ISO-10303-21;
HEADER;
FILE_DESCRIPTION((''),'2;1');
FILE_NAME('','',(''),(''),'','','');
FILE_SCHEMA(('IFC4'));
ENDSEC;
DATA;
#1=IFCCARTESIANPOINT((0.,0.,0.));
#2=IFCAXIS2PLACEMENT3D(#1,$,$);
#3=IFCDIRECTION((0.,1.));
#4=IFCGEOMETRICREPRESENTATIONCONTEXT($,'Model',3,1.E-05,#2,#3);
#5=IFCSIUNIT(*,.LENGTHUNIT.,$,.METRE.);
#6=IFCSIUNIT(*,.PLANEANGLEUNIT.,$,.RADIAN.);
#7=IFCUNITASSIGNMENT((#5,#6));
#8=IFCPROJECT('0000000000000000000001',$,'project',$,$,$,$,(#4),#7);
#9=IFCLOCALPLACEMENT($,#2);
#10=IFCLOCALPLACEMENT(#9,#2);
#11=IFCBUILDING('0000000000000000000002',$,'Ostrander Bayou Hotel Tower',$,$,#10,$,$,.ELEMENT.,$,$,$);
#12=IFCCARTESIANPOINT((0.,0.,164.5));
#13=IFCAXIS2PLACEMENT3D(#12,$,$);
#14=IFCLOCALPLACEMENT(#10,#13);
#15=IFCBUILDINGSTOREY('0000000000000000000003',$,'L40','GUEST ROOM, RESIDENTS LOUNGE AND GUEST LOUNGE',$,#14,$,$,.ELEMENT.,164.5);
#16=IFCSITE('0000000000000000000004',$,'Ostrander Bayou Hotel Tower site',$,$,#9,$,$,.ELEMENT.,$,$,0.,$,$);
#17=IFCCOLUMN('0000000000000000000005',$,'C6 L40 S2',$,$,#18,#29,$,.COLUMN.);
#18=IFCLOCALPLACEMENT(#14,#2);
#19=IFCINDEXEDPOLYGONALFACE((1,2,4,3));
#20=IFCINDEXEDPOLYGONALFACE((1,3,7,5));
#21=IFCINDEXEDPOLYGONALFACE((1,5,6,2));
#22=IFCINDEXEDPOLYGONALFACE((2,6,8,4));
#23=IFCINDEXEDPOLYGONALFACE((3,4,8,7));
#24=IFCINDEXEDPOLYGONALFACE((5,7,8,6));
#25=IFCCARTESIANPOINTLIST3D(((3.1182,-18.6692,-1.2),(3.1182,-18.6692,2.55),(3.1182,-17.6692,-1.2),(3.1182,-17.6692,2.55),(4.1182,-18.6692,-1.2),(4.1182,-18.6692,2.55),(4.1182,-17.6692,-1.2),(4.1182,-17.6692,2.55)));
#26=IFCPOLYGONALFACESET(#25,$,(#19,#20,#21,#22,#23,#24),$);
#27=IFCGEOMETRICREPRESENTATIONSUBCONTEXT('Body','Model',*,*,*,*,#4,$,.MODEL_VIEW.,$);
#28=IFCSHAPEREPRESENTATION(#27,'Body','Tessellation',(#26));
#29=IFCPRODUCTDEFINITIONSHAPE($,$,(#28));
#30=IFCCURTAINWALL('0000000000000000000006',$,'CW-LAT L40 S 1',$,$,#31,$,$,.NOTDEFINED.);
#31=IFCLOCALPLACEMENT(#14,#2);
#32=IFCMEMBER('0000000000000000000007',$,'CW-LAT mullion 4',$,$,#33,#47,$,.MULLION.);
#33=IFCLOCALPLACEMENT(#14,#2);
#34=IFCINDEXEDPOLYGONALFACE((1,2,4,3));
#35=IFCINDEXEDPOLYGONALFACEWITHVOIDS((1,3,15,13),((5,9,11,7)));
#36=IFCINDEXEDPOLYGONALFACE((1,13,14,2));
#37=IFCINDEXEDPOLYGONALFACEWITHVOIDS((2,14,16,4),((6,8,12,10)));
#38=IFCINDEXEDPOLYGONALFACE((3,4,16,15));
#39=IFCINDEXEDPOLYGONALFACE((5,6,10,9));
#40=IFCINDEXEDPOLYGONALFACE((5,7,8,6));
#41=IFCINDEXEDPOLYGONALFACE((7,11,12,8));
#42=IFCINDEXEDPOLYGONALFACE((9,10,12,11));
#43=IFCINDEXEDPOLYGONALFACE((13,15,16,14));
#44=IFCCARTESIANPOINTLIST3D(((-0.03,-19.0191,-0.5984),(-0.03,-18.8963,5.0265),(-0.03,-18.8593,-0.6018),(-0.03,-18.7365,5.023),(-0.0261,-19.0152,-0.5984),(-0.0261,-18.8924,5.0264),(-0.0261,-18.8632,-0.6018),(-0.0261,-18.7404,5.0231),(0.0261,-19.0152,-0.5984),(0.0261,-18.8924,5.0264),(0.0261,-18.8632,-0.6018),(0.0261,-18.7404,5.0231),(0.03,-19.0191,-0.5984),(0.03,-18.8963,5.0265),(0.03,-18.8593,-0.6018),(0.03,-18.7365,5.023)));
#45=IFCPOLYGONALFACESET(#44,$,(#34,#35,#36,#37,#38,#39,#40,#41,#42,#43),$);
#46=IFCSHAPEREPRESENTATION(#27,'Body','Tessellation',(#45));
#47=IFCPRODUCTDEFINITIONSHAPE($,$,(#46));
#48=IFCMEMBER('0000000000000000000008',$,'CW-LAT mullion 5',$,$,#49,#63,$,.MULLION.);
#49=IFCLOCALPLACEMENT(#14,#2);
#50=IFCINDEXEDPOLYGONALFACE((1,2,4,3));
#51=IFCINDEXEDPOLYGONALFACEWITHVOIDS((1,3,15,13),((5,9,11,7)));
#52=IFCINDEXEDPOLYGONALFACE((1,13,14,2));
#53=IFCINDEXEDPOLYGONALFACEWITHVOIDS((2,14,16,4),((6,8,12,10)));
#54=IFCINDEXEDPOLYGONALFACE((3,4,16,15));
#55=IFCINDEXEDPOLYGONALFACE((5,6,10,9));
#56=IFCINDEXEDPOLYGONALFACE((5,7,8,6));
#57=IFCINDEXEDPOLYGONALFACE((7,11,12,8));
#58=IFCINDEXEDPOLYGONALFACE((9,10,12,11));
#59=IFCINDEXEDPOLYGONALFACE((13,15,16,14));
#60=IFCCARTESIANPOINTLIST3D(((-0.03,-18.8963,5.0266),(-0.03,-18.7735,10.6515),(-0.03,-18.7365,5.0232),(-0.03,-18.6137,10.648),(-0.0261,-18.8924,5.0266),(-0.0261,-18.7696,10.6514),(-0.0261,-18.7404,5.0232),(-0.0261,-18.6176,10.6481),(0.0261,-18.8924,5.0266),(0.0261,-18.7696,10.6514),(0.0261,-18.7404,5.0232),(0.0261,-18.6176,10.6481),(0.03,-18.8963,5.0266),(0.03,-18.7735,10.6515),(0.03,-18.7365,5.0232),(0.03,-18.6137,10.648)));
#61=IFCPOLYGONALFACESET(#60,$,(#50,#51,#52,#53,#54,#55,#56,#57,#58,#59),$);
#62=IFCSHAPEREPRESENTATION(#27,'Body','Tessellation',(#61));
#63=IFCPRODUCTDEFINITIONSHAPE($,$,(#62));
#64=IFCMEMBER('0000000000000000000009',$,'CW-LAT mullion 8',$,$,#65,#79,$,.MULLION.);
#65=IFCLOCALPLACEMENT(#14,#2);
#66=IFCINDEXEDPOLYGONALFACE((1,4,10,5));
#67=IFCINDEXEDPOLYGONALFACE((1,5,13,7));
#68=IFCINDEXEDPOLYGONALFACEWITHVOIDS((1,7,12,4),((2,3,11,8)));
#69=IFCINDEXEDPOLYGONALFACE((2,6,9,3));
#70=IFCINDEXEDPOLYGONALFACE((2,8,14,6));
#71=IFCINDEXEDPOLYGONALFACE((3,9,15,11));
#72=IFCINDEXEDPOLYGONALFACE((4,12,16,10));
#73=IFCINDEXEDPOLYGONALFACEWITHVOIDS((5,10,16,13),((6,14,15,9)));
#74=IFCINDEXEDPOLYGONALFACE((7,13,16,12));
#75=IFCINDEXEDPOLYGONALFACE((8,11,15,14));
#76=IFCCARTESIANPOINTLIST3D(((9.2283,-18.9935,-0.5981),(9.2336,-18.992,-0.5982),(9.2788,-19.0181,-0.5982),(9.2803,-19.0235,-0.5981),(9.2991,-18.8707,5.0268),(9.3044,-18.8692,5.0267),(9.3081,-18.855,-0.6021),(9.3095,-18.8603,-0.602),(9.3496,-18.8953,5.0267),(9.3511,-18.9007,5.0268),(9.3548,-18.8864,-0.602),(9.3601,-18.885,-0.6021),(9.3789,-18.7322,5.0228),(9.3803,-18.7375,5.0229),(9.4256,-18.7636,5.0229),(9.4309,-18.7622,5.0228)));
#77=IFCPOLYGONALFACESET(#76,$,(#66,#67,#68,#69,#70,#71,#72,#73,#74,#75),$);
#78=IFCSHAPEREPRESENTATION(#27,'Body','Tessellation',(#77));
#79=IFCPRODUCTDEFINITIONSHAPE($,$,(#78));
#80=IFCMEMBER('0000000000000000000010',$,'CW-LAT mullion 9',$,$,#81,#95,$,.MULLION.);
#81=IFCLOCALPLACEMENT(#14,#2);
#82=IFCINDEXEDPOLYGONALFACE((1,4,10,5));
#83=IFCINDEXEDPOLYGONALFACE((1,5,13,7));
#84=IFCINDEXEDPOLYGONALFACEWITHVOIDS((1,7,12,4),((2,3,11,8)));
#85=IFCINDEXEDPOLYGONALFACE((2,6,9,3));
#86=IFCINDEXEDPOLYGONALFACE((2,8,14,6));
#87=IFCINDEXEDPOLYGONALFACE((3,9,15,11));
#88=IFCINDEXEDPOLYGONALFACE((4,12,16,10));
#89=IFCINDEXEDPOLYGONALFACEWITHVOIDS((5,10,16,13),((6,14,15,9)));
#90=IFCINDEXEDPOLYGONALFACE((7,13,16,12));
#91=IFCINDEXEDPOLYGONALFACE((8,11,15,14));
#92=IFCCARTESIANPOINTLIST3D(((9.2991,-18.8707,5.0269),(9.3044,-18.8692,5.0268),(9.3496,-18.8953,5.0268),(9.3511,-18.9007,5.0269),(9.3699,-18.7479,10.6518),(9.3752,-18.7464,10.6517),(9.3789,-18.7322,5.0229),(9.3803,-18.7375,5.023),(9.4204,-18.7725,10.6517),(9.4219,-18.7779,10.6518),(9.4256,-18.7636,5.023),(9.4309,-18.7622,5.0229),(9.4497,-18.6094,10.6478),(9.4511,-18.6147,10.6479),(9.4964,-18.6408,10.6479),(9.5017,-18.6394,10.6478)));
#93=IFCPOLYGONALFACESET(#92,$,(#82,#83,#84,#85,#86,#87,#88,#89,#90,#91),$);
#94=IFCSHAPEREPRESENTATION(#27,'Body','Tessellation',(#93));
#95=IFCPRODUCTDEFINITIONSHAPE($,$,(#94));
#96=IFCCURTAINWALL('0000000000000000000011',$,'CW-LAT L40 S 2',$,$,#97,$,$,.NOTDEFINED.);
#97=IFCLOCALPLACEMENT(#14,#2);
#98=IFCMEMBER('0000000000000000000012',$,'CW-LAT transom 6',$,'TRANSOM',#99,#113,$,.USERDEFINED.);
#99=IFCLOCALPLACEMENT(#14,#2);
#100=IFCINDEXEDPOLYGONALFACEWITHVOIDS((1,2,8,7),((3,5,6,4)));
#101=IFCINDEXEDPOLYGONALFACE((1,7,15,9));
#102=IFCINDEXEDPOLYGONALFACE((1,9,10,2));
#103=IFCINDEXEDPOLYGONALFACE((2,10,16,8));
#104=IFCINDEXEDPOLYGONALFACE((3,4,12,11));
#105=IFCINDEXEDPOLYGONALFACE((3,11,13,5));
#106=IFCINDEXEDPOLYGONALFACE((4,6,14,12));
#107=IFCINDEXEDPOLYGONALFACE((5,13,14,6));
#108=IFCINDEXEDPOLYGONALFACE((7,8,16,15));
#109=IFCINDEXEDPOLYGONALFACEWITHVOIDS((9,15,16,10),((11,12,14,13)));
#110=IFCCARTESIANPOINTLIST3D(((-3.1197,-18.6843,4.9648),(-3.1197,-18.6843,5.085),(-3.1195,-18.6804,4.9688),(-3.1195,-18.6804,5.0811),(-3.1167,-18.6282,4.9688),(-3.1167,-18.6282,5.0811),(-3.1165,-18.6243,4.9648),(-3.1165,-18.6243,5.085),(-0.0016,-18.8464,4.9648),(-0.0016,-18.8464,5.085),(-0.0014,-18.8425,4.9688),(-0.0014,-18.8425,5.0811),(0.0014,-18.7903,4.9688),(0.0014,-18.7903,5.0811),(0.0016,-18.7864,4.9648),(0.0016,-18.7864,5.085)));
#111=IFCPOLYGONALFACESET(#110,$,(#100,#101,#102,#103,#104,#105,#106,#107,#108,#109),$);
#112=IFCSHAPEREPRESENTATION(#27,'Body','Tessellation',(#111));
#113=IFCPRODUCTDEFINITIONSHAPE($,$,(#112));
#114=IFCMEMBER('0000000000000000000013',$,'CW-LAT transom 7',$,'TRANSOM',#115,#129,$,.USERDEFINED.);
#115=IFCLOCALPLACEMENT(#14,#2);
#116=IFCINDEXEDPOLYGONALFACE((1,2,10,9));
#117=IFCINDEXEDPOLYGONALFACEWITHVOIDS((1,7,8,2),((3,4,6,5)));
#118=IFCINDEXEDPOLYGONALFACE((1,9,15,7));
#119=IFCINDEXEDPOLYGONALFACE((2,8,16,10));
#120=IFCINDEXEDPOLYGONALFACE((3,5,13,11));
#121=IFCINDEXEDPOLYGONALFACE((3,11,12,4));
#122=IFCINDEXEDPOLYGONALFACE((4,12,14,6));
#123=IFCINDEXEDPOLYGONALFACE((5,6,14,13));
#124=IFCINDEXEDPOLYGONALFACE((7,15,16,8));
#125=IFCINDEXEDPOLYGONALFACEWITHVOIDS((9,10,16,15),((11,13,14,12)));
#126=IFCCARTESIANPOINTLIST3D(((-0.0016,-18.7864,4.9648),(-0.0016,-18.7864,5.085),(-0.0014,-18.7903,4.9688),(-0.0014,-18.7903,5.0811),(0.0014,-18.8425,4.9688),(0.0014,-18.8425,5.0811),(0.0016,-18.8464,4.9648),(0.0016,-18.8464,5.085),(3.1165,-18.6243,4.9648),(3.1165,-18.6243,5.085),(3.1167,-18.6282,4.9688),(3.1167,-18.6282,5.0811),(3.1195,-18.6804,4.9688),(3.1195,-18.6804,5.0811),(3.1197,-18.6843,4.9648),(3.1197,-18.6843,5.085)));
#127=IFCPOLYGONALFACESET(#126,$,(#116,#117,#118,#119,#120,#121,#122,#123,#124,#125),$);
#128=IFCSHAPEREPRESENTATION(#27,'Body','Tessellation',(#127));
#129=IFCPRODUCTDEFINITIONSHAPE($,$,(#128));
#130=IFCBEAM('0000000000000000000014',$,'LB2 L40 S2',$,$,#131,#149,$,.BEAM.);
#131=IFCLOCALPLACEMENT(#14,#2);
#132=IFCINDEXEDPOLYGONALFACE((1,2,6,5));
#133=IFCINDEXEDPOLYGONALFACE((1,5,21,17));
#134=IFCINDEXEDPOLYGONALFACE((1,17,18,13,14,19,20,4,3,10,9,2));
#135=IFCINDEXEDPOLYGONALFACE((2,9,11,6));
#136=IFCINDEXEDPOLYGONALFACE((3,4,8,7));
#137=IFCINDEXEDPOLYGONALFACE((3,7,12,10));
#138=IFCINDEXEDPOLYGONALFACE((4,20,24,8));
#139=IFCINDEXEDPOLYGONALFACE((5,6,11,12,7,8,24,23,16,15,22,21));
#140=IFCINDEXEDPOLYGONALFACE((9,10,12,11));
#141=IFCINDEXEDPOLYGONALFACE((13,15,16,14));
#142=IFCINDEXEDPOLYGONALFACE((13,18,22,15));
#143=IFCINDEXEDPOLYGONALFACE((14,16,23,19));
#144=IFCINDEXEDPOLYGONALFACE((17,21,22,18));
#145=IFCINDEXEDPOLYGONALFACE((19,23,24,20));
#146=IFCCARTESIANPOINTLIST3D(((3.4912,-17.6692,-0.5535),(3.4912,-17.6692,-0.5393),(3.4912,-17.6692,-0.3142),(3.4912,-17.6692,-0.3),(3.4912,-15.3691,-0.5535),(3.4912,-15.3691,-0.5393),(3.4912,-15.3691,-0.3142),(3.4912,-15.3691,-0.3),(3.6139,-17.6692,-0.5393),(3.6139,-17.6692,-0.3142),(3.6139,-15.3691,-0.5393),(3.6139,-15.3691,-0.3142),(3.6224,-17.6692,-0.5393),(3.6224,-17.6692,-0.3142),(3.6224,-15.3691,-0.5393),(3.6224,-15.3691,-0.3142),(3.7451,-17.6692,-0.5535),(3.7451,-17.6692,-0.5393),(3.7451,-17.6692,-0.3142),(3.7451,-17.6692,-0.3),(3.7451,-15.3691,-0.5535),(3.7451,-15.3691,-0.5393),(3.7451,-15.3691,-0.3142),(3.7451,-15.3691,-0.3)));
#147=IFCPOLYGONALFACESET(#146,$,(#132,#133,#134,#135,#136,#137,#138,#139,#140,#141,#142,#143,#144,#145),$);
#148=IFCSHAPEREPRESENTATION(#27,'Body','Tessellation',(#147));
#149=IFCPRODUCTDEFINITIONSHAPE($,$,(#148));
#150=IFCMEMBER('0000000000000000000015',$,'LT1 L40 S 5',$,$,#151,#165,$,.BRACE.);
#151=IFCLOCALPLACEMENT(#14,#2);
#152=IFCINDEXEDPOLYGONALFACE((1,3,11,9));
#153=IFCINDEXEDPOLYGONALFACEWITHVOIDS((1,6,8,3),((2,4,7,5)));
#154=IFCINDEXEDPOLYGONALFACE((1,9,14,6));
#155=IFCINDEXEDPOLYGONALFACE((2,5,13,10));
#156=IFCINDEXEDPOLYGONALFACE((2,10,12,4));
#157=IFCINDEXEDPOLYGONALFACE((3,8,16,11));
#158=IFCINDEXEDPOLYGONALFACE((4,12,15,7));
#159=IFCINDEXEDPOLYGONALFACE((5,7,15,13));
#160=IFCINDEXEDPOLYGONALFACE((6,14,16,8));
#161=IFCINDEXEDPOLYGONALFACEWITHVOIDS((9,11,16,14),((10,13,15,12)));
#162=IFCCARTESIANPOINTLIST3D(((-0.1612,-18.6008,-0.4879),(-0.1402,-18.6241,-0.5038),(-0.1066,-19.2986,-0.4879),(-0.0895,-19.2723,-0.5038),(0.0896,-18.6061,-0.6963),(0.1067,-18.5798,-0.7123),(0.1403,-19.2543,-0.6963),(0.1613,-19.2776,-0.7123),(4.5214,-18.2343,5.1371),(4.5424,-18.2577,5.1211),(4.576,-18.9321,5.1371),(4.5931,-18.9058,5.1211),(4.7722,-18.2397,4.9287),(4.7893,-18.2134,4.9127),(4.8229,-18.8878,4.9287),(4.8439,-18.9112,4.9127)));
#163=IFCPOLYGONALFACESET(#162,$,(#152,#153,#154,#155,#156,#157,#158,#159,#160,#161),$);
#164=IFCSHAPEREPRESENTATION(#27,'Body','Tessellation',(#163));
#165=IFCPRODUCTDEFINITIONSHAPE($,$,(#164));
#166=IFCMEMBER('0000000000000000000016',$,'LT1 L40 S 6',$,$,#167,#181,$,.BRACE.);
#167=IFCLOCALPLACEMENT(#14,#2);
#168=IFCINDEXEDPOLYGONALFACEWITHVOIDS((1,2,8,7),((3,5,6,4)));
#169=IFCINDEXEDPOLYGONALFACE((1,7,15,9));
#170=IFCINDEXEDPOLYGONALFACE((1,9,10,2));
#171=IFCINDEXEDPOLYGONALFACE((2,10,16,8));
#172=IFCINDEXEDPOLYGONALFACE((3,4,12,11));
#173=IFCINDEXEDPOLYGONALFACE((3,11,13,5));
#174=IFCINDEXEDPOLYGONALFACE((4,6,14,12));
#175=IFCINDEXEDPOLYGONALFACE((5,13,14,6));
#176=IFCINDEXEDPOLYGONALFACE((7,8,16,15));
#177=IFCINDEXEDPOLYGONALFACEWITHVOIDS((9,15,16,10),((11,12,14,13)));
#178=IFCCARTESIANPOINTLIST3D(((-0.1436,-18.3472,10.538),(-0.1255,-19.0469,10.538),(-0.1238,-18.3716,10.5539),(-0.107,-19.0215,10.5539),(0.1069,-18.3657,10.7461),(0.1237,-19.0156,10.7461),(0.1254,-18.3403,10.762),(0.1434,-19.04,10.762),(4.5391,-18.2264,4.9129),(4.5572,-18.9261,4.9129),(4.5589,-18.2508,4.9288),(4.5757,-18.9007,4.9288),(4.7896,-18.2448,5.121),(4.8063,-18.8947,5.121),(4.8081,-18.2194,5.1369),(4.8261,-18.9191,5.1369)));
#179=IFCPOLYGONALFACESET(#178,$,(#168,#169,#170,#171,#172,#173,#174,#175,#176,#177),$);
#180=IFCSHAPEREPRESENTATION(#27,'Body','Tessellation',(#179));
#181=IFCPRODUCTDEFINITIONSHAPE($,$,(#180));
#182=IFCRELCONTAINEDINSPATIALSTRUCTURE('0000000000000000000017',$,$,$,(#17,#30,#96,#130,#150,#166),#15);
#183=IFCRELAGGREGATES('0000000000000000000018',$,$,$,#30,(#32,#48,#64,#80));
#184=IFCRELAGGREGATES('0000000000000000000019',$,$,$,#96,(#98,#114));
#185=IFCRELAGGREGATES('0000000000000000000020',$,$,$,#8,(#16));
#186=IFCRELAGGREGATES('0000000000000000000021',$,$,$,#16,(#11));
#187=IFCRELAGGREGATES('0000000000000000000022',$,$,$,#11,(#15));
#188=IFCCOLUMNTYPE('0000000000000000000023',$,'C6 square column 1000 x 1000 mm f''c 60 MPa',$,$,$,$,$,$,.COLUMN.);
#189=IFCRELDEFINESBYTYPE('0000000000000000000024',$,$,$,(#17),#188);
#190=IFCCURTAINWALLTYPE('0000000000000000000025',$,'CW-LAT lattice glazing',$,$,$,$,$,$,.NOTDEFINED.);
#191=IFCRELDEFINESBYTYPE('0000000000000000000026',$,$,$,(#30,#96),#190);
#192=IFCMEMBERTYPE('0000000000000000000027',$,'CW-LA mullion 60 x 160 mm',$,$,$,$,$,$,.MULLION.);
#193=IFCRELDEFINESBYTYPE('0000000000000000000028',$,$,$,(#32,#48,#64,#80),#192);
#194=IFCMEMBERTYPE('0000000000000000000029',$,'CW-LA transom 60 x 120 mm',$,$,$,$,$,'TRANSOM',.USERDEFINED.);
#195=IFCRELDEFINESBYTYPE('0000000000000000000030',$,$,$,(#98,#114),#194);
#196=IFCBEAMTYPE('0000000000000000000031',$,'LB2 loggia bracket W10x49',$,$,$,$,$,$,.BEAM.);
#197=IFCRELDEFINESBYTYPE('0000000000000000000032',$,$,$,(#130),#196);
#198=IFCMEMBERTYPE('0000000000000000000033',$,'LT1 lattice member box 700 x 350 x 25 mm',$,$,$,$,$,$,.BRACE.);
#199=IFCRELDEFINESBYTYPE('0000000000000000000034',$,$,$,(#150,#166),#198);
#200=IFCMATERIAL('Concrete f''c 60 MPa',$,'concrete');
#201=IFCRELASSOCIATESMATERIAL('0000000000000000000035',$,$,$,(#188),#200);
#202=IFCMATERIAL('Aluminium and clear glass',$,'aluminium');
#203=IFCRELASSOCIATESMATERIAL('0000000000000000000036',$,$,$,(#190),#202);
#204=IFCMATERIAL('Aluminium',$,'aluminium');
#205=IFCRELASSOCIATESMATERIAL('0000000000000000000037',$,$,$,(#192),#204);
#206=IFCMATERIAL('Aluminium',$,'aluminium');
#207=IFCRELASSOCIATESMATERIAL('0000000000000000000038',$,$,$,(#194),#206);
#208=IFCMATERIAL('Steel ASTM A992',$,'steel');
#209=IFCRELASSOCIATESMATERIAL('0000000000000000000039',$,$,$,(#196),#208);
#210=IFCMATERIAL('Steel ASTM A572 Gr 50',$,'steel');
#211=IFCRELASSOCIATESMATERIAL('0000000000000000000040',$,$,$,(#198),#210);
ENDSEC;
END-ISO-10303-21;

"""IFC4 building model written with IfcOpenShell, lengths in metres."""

from ifc_helpers import new_model, si_unit, direction, frame, origin, origin_2d, place, context, subcontext, project, spatial, rectangle, hollow_rectangle, i_section, extrude, material, material_profile, profile_set, type_object, element, aggregate, save


model = new_model("IFC4")

# Units and contexts
model_context = context("Model", 3, precision=1e-05, world=origin(), true_north=direction((0.0, 1.0)))
body_context = subcontext(model_context, "Body", "Model", "MODEL_VIEW")
ifc_project = project(units=[si_unit("LENGTHUNIT", "METRE"), si_unit("PLANEANGLEUNIT", "RADIAN")], contexts=[model_context])

# Site, building, storey
site_placement = place(None, origin())
site = spatial("IfcSite", under=ifc_project, at=site_placement, Name="Ostrander Bayou Hotel Tower site", CompositionType="ELEMENT", RefElevation=0.0)
building_placement = place(site_placement, origin())
building = spatial("IfcBuilding", under=site, at=building_placement, Name="Ostrander Bayou Hotel Tower", CompositionType="ELEMENT")
storey_placement = place(building_placement, frame((0.0, 0.0, 164.5)))
storey = spatial("IfcBuildingStorey", under=building, at=storey_placement, Name="L40", Description="GUEST ROOM, RESIDENTS LOUNGE AND GUEST LOUNGE", CompositionType="ELEMENT", Elevation=164.5)

# Column
ifc_material_1 = material(Name="Concrete f'c 60 MPa", Category="concrete")
ifc_material_profile_1 = material_profile(ifc_material_1, rectangle(XDim=1.0, YDim=1.0, at=origin_2d()))
ifc_profile_set_1 = profile_set([ifc_material_profile_1], Name="Concrete f'c 60 MPa")
column_type = type_object("IfcColumnType", Name="C6 square column 1000 x 1000 mm f'c 60 MPa", PredefinedType="COLUMN", material=ifc_profile_set_1)
column_placement = place(storey_placement, frame((3.6182, -18.1692, -1.2), z_axis=(0.0, 0.0, 1.0), x_axis=(-1.0, 0.0, 0.0)))
element("IfcColumn", 1, at=column_placement, inside=storey, type_object=column_type, Name="C6 L40 S2", PredefinedType="COLUMN", context=body_context, shape_type="SweptSolid", body=[
    extrude(rectangle(XDim=1.0, YDim=1.0, at=origin_2d()), origin(), (0.0, 0.0, 1.0), 3.75),
])

# Curtain walls, members
ifc_material_2 = material(Name="Aluminium and clear glass", Category="aluminium")
curtain_wall_type = type_object("IfcCurtainWallType", Name="CW-LAT lattice glazing", PredefinedType="NOTDEFINED", material=ifc_material_2)
curtain_wall_1_placement = place(storey_placement, origin())
curtain_wall_1 = element("IfcCurtainWall", 2, at=curtain_wall_1_placement, inside=storey, type_object=curtain_wall_type, Name="CW-LAT L40 S 1", PredefinedType="NOTDEFINED")
ifc_material_3 = material(Name="Aluminium", Category="aluminium")
ifc_material_profile_2 = material_profile(ifc_material_3, hollow_rectangle(XDim=0.0601, YDim=0.1599, WallThickness=0.0039, at=origin_2d()))
ifc_profile_set_2 = profile_set([ifc_material_profile_2], Name="Aluminium")
member_type_1 = type_object("IfcMemberType", Name="CW-LA mullion 60 x 160 mm", PredefinedType="MULLION", material=ifc_profile_set_2)
member_1_placement = place(storey_placement, frame((0.0, -18.9392, -0.6001), z_axis=(0.0, 0.021826, 0.999762), x_axis=(-1.0, 0.0, 0.0)))
member_1 = element("IfcMember", 3, at=member_1_placement, type_object=member_type_1, Name="CW-LAT mullion 4", PredefinedType="MULLION", context=body_context, shape_type="SweptSolid", body=[
    extrude(hollow_rectangle(XDim=0.0601, YDim=0.1599, WallThickness=0.0039, at=origin_2d()), origin(), (0.0, 0.0, 1.0), 5.6262),
])
member_2_placement = place(storey_placement, frame((0.0, -18.8164, 5.0249), z_axis=(0.0, 0.021826, 0.999762), x_axis=(-1.0, 0.0, 0.0)))
member_2 = element("IfcMember", 4, at=member_2_placement, type_object=member_type_1, Name="CW-LAT mullion 5", PredefinedType="MULLION", context=body_context, shape_type="SweptSolid", body=[
    extrude(hollow_rectangle(XDim=0.0601, YDim=0.1599, WallThickness=0.0039, at=origin_2d()), origin(), (0.0, 0.0, 1.0), 5.6262),
])
member_3_placement = place(storey_placement, frame((9.2942, -18.9392, -0.6001), z_axis=(0.012583, 0.021825, 0.999683), x_axis=(-0.866329, 0.499474, 0.0)))
member_3 = element("IfcMember", 5, at=member_3_placement, type_object=member_type_1, Name="CW-LAT mullion 8", PredefinedType="MULLION", context=body_context, shape_type="SweptSolid", body=[
    extrude(hollow_rectangle(XDim=0.0601, YDim=0.1599, WallThickness=0.0039, at=origin_2d()), origin(), (0.0, 0.0, 1.0), 5.6267),
])
member_4_placement = place(storey_placement, frame((9.365, -18.8164, 5.0249), z_axis=(0.012583, 0.021825, 0.999683), x_axis=(-0.866329, 0.499474, 0.0)))
member_4 = element("IfcMember", 6, at=member_4_placement, type_object=member_type_1, Name="CW-LAT mullion 9", PredefinedType="MULLION", context=body_context, shape_type="SweptSolid", body=[
    extrude(hollow_rectangle(XDim=0.0601, YDim=0.1599, WallThickness=0.0039, at=origin_2d()), origin(), (0.0, 0.0, 1.0), 5.6267),
])
curtain_wall_2_placement = place(storey_placement, origin())
curtain_wall_2 = element("IfcCurtainWall", 7, at=curtain_wall_2_placement, inside=storey, type_object=curtain_wall_type, Name="CW-LAT L40 S 2", PredefinedType="NOTDEFINED")
ifc_material_4 = material(Name="Aluminium", Category="aluminium")
ifc_material_profile_3 = material_profile(ifc_material_4, hollow_rectangle(XDim=0.0601, YDim=0.1201, WallThickness=0.0039, at=origin_2d()))
ifc_profile_set_3 = profile_set([ifc_material_profile_3], Name="Aluminium")
member_type_2 = type_object("IfcMemberType", Name="CW-LA transom 60 x 120 mm", ElementType="TRANSOM", PredefinedType="USERDEFINED", material=ifc_profile_set_3)
member_5_placement = place(storey_placement, frame((0.0, -18.8164, 5.0249), z_axis=(-0.998651, 0.051919, 0.0), x_axis=(-0.051919, -0.998651, 0.0)))
member_5 = element("IfcMember", 8, at=member_5_placement, type_object=member_type_2, Name="CW-LAT transom 6", ObjectType="TRANSOM", PredefinedType="USERDEFINED", context=body_context, shape_type="SweptSolid", body=[
    extrude(hollow_rectangle(XDim=0.0601, YDim=0.1201, WallThickness=0.0039, at=origin_2d()), origin(), (0.0, 0.0, 1.0), 3.1223),
])
member_6_placement = place(storey_placement, frame((0.0, -18.8164, 5.0249), z_axis=(0.998651, 0.051919, 0.0), x_axis=(-0.051919, 0.998651, 0.0)))
member_6 = element("IfcMember", 9, at=member_6_placement, type_object=member_type_2, Name="CW-LAT transom 7", ObjectType="TRANSOM", PredefinedType="USERDEFINED", context=body_context, shape_type="SweptSolid", body=[
    extrude(hollow_rectangle(XDim=0.0601, YDim=0.1201, WallThickness=0.0039, at=origin_2d()), origin(), (0.0, 0.0, 1.0), 3.1223),
])

# Beam
ifc_material_5 = material(Name="Steel ASTM A992", Category="steel")
ifc_material_profile_4 = material_profile(ifc_material_5, i_section(OverallWidth=0.2539, OverallDepth=0.2534, WebThickness=0.0085, FlangeThickness=0.0142, at=origin_2d()))
ifc_profile_set_4 = profile_set([ifc_material_profile_4], Name="Steel ASTM A992")
beam_type_1 = type_object("IfcBeamType", Name="LB2 loggia bracket W10x49", PredefinedType="BEAM", material=ifc_profile_set_4)
beam_1_placement = place(storey_placement, frame((3.6182, -17.6692, -0.4268), z_axis=(0.0, 1.0, 0.0), x_axis=(-1.0, 0.0, 0.0)))
element("IfcBeam", 10, at=beam_1_placement, inside=storey, type_object=beam_type_1, Name="LB2 L40 S2", PredefinedType="BEAM", context=body_context, shape_type="SweptSolid", body=[
    extrude(i_section(OverallWidth=0.2539, OverallDepth=0.2534, WebThickness=0.0085, FlangeThickness=0.0142, at=origin_2d()), origin(), (0.0, 0.0, 1.0), 2.3),
])

# Members
ifc_material_6 = material(Name="Steel ASTM A572 Gr 50", Category="steel")
ifc_material_profile_5 = material_profile(ifc_material_6, hollow_rectangle(XDim=0.7, YDim=0.3501, WallThickness=0.0249, at=origin_2d()))
ifc_profile_set_5 = profile_set([ifc_material_profile_5], Name="Steel ASTM A572 Gr 50")
member_type_3 = type_object("IfcMemberType", Name="LT1 lattice member box 700 x 350 x 25 mm", PredefinedType="BRACE", material=ifc_profile_set_5)
member_7_placement = place(storey_placement, frame((4.6826, -18.5728, 5.0249), z_axis=(-0.63899, -0.050006, -0.767588), x_axis=(0.07802, -0.996952, 0.0)))
element("IfcMember", 11, at=member_7_placement, inside=storey, type_object=member_type_3, Name="LT1 L40 S 5", PredefinedType="BRACE", context=body_context, shape_type="SweptSolid", body=[
    extrude(hollow_rectangle(XDim=0.7, YDim=0.3501, WallThickness=0.0249, at=origin_2d()), origin(), (0.0, 0.0, 1.0), 7.3281),
])
member_8_placement = place(storey_placement, frame((4.6826, -18.5728, 5.0249), z_axis=(-0.639703, -0.01651, 0.768445), x_axis=(0.0258, -0.999667, 0.0)))
element("IfcMember", 12, at=member_8_placement, inside=storey, type_object=member_type_3, Name="LT1 L40 S 6", PredefinedType="BRACE", context=body_context, shape_type="SweptSolid", body=[
    extrude(hollow_rectangle(XDim=0.7, YDim=0.3501, WallThickness=0.0249, at=origin_2d()), origin(), (0.0, 0.0, 1.0), 7.3201),
])

aggregate(curtain_wall_1, [member_1, member_2, member_3, member_4])
aggregate(curtain_wall_2, [member_5, member_6])

save(model, "model.ifc")
